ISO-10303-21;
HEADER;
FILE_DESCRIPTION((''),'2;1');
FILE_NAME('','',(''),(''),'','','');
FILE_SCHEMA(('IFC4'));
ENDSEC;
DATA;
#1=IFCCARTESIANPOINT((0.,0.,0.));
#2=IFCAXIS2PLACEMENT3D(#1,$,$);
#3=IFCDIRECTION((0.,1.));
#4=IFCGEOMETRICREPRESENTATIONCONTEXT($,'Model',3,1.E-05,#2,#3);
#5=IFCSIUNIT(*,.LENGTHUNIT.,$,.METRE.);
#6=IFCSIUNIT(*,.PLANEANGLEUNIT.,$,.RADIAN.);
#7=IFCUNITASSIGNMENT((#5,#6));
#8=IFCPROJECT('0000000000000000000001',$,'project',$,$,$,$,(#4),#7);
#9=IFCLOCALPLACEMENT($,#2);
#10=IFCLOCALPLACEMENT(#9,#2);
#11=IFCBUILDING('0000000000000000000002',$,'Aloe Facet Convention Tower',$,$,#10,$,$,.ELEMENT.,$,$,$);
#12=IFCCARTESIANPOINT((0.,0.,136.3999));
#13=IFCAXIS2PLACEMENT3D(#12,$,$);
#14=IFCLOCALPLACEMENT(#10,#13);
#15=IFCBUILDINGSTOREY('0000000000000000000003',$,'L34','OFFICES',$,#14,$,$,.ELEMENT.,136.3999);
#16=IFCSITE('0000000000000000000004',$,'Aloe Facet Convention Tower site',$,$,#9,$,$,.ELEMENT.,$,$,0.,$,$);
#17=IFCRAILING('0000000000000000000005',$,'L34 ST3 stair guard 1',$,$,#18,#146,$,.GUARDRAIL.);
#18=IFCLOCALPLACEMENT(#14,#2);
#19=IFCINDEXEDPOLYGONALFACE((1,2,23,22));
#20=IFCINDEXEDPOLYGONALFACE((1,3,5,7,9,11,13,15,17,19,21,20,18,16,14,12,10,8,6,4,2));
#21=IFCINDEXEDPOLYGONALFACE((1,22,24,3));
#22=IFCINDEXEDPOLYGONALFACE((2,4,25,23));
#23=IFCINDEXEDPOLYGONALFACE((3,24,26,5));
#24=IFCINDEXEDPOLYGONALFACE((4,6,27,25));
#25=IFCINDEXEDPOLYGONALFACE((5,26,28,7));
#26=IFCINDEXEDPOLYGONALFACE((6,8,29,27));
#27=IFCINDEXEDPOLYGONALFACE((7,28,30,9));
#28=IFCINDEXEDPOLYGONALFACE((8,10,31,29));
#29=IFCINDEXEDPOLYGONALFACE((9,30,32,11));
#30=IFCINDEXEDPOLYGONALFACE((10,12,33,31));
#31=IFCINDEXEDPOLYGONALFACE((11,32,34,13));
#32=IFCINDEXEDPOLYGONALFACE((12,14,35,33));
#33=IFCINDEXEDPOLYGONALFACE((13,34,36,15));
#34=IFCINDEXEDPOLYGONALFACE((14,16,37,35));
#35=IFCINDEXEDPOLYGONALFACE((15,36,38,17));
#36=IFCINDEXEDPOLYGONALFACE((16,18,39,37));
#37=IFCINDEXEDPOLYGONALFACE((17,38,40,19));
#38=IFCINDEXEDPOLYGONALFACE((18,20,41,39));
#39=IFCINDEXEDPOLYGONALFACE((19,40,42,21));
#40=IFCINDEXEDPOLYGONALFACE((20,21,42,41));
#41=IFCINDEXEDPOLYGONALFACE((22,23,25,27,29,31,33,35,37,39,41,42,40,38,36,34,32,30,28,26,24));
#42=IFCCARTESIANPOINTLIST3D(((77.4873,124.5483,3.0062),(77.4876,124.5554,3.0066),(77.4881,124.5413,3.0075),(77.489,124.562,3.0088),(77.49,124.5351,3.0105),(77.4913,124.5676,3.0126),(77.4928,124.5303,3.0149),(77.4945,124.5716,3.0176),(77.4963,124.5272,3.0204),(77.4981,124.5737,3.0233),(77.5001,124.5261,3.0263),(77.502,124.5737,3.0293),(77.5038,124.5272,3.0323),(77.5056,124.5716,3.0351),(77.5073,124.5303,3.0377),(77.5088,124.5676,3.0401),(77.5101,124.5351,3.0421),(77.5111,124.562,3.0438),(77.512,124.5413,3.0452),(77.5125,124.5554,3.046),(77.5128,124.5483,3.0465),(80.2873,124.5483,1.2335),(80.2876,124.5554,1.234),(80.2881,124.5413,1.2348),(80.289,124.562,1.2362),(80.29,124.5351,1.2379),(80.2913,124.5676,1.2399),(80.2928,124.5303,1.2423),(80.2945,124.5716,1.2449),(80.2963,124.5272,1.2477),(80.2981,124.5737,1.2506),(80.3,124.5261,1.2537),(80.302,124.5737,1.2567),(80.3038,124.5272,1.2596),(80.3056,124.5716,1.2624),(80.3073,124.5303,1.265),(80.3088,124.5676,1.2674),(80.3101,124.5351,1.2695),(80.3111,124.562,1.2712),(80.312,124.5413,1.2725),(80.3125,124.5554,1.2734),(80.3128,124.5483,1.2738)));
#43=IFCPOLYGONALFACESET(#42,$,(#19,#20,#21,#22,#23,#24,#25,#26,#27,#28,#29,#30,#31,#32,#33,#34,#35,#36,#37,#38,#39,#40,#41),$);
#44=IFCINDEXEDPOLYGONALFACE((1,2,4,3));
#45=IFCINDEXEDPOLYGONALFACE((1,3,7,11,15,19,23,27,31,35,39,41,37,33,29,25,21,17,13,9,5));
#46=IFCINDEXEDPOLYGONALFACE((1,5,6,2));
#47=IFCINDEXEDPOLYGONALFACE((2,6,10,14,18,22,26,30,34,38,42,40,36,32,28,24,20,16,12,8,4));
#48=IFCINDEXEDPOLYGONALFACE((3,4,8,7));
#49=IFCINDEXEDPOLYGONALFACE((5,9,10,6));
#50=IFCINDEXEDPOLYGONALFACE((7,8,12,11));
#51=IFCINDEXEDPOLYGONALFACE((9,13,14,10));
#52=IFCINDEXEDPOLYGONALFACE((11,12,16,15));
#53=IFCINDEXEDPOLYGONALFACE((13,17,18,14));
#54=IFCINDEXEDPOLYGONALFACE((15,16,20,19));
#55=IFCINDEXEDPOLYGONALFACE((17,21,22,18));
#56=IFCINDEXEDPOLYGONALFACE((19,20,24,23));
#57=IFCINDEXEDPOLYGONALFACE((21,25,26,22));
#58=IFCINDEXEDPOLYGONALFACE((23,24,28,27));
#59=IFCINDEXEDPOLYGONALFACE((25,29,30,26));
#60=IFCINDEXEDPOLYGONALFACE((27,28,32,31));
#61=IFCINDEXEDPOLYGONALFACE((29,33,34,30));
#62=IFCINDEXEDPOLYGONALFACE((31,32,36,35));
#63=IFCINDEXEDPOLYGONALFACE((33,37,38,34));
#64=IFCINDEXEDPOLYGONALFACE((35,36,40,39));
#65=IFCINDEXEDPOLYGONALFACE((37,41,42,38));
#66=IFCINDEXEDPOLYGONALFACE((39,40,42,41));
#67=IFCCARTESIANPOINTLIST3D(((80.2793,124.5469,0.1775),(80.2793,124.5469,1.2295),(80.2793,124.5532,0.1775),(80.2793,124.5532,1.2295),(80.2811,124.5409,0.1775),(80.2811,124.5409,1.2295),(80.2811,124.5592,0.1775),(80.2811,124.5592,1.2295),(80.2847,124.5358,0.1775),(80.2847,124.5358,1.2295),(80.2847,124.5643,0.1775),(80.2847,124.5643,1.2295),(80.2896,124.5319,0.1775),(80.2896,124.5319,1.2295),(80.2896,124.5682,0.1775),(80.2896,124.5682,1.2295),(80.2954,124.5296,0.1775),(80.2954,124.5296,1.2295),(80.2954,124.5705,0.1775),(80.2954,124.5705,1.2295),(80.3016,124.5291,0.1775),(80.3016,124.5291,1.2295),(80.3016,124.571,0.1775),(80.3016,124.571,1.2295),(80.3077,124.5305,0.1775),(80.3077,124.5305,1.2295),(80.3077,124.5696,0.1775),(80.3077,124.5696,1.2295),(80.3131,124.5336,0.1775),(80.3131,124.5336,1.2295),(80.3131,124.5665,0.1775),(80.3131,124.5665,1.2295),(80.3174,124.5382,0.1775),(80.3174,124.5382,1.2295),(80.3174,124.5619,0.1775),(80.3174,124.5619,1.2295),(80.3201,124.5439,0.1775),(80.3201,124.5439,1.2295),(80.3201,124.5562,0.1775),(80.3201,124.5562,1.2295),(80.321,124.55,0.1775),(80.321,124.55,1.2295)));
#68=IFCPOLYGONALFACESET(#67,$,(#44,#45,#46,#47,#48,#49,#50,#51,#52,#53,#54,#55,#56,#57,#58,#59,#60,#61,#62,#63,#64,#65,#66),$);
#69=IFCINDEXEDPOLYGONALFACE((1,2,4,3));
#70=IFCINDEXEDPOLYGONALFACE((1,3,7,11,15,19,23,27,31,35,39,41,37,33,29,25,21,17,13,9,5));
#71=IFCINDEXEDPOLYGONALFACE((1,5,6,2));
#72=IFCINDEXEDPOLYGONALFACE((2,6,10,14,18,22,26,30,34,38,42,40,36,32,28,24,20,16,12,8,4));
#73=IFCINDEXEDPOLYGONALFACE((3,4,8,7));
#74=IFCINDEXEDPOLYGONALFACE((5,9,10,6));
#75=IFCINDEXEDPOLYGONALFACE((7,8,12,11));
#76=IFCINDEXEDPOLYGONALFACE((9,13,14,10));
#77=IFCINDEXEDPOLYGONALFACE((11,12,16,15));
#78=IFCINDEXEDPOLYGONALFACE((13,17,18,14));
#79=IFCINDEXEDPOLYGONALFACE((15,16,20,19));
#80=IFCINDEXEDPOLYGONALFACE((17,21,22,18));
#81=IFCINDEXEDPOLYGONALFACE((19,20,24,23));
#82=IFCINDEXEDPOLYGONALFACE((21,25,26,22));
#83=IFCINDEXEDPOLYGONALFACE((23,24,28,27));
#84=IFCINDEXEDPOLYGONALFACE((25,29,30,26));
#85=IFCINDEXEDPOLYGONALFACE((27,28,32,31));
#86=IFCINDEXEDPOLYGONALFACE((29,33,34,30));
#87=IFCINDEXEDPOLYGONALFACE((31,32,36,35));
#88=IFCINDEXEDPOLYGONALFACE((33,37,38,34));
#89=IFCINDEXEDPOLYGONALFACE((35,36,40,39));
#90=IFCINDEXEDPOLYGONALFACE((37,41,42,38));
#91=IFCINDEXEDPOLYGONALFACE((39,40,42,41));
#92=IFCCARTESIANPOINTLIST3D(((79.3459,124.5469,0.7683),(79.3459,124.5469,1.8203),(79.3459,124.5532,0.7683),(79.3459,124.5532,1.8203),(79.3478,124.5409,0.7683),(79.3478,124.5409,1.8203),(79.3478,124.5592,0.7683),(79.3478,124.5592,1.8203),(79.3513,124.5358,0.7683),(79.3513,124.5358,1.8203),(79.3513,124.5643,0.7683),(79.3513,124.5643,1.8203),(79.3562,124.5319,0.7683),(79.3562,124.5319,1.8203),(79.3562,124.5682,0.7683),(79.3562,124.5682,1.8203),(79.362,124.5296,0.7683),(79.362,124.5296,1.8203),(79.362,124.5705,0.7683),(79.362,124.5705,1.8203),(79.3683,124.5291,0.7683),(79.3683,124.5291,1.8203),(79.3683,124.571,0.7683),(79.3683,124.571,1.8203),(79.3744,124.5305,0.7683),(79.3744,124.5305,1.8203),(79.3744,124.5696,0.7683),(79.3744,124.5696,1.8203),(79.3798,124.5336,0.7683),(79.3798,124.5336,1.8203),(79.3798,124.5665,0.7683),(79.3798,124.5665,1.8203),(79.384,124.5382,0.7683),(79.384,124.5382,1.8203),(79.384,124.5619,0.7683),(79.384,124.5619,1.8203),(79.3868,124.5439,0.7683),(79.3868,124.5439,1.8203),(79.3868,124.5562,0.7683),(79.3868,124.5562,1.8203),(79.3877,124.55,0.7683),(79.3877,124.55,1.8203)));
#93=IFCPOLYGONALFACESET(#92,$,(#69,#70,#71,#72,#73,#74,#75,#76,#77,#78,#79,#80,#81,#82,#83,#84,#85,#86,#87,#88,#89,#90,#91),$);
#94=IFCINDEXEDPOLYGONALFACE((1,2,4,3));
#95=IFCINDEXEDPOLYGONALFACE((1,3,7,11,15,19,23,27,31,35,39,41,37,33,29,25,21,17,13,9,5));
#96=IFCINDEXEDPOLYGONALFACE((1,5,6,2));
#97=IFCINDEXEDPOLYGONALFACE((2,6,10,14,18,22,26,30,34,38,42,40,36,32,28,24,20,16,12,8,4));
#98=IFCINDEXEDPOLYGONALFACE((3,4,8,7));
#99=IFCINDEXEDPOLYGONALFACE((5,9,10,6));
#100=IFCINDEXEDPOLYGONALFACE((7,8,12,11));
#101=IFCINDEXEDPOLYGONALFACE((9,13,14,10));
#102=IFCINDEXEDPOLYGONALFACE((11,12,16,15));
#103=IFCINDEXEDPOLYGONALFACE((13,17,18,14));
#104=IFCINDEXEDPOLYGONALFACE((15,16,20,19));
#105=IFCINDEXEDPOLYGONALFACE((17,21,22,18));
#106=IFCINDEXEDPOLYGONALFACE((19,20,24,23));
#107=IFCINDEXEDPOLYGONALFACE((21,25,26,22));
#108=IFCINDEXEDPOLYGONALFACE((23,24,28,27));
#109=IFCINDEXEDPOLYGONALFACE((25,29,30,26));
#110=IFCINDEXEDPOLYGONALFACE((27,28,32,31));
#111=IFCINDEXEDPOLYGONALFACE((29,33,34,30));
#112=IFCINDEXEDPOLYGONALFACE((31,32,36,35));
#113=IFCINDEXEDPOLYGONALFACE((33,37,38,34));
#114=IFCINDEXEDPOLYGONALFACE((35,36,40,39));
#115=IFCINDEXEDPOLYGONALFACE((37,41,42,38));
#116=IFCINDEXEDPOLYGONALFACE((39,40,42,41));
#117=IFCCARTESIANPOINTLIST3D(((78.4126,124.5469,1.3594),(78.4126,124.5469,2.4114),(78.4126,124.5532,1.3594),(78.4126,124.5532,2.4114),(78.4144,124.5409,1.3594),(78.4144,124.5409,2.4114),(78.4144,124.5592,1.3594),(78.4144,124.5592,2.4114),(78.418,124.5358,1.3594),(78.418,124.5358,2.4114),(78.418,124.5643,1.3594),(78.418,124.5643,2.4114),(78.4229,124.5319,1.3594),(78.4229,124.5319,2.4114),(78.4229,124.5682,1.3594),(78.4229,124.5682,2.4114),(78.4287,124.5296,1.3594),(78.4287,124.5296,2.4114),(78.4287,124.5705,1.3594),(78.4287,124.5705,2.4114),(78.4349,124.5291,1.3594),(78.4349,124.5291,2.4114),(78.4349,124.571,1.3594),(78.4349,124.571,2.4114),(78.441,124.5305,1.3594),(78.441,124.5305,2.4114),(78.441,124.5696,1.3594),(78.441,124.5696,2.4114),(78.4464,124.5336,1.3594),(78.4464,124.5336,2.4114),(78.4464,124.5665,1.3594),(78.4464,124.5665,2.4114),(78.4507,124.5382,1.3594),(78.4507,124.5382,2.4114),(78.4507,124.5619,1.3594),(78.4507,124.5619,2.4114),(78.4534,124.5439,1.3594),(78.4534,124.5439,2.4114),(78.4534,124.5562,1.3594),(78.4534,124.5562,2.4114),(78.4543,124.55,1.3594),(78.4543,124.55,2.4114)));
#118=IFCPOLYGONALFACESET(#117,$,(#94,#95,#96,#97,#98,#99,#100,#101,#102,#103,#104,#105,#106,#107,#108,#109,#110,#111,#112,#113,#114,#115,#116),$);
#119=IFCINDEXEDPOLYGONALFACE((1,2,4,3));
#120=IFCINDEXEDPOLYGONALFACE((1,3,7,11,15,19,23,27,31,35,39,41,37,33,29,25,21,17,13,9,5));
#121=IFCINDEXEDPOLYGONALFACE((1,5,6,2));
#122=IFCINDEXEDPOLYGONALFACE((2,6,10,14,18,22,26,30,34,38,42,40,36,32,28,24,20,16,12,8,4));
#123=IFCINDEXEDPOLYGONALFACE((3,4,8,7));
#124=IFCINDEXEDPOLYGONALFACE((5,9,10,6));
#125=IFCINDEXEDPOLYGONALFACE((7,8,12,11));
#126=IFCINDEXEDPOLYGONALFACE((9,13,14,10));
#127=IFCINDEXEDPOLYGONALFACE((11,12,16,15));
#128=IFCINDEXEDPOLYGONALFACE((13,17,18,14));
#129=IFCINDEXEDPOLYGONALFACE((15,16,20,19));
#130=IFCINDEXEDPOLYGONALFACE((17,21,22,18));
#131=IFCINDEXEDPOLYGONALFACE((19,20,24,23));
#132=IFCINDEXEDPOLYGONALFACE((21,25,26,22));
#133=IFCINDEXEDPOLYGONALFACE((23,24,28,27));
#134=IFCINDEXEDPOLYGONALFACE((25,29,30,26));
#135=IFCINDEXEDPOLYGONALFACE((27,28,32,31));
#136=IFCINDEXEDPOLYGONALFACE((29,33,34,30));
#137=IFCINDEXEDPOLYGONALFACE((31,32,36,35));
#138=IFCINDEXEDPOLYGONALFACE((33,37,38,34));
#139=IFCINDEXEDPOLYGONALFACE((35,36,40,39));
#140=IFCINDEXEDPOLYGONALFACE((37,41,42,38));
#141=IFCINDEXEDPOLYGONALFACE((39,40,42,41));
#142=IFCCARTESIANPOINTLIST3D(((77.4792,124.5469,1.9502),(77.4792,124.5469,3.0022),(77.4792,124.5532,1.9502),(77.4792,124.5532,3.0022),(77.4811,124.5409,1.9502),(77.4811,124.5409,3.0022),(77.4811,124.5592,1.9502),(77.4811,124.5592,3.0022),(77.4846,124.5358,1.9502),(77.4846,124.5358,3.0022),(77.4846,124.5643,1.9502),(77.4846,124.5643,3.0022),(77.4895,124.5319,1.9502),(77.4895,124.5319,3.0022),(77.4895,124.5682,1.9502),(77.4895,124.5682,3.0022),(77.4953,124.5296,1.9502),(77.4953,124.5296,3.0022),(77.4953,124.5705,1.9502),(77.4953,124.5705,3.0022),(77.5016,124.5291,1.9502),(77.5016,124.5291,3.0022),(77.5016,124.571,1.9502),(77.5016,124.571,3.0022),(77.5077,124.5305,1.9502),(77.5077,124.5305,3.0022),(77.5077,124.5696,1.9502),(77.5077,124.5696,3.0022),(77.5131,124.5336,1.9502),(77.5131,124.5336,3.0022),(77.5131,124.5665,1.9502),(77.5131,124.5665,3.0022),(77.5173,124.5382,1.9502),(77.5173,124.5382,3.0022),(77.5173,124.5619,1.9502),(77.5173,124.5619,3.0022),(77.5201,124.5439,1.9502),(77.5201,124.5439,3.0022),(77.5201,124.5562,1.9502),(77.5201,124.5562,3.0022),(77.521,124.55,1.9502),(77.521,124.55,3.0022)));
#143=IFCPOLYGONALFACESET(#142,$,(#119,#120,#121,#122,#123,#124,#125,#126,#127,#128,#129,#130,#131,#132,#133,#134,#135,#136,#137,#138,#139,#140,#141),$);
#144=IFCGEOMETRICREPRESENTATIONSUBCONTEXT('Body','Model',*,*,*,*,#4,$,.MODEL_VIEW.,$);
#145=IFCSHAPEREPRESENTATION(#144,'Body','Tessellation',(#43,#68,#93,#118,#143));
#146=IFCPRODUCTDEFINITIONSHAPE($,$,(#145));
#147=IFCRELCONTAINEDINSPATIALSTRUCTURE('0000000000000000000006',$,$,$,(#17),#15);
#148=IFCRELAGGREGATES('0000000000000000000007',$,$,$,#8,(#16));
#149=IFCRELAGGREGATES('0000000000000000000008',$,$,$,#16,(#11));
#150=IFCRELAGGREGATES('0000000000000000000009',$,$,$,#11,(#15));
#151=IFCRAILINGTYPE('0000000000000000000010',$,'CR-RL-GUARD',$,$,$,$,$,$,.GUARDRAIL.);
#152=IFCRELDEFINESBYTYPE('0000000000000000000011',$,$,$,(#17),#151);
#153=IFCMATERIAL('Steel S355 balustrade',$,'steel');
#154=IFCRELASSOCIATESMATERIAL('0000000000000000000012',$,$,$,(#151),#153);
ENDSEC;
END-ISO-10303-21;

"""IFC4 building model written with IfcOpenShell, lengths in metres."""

from ifc_helpers import new_model, si_unit, direction, frame, origin, origin_2d, place, context, subcontext, project, spatial, circle, extrude, material, type_object, element, save


model = new_model("IFC4")

# Units and contexts
model_context = context("Model", 3, precision=1e-05, world=origin(), true_north=direction((0.0, 1.0)))
body_context = subcontext(model_context, "Body", "Model", "MODEL_VIEW")
ifc_project = project(units=[si_unit("LENGTHUNIT", "METRE"), si_unit("PLANEANGLEUNIT", "RADIAN")], contexts=[model_context])

# Site, building, storey
site_placement = place(None, origin())
site = spatial("IfcSite", under=ifc_project, at=site_placement, Name="Aloe Facet Convention Tower site", CompositionType="ELEMENT", RefElevation=0.0)
building_placement = place(site_placement, origin())
building = spatial("IfcBuilding", under=site, at=building_placement, Name="Aloe Facet Convention Tower", CompositionType="ELEMENT")
storey_placement = place(building_placement, frame((0.0, 0.0, 136.3999)))
storey = spatial("IfcBuildingStorey", under=building, at=storey_placement, Name="L34", Description="OFFICES", CompositionType="ELEMENT", Elevation=136.3999)

# Railing
ifc_material_1 = material(Name="Steel S355 balustrade", Category="steel")
railing_type_1 = type_object("IfcRailingType", Name="CR-RL-GUARD", PredefinedType="GUARDRAIL", material=ifc_material_1)
railing_1_placement = place(storey_placement, frame((80.3, 124.55, 0.1775)))
element("IfcRailing", 1, at=railing_1_placement, inside=storey, type_object=railing_type_1, Name="L34 ST3 stair guard 1", PredefinedType="GUARDRAIL", context=body_context, shape_type="SweptSolid", body=[
    extrude(circle(Radius=0.0239, at=origin_2d()), frame((0.0, 0.0, 1.0762), z_axis=(-0.844909, 0.0, 0.53491), x_axis=(0.0, -1.0, 0.0)), (0.0, 0.0, 1.0), 3.314),
    extrude(circle(Radius=0.021, at=origin_2d()), origin(), (0.0, 0.0, 1.0), 1.052),
    extrude(circle(Radius=0.021, at=origin_2d()), frame((-0.9333, 0.0, 0.5908)), (0.0, 0.0, 1.0), 1.052),
    extrude(circle(Radius=0.021, at=origin_2d()), frame((-1.8667, 0.0, 1.1819)), (0.0, 0.0, 1.0), 1.052),
    extrude(circle(Radius=0.021, at=origin_2d()), frame((-2.8, 0.0, 1.7727)), (0.0, 0.0, 1.0), 1.052),
])

save(model, "model.ifc")
